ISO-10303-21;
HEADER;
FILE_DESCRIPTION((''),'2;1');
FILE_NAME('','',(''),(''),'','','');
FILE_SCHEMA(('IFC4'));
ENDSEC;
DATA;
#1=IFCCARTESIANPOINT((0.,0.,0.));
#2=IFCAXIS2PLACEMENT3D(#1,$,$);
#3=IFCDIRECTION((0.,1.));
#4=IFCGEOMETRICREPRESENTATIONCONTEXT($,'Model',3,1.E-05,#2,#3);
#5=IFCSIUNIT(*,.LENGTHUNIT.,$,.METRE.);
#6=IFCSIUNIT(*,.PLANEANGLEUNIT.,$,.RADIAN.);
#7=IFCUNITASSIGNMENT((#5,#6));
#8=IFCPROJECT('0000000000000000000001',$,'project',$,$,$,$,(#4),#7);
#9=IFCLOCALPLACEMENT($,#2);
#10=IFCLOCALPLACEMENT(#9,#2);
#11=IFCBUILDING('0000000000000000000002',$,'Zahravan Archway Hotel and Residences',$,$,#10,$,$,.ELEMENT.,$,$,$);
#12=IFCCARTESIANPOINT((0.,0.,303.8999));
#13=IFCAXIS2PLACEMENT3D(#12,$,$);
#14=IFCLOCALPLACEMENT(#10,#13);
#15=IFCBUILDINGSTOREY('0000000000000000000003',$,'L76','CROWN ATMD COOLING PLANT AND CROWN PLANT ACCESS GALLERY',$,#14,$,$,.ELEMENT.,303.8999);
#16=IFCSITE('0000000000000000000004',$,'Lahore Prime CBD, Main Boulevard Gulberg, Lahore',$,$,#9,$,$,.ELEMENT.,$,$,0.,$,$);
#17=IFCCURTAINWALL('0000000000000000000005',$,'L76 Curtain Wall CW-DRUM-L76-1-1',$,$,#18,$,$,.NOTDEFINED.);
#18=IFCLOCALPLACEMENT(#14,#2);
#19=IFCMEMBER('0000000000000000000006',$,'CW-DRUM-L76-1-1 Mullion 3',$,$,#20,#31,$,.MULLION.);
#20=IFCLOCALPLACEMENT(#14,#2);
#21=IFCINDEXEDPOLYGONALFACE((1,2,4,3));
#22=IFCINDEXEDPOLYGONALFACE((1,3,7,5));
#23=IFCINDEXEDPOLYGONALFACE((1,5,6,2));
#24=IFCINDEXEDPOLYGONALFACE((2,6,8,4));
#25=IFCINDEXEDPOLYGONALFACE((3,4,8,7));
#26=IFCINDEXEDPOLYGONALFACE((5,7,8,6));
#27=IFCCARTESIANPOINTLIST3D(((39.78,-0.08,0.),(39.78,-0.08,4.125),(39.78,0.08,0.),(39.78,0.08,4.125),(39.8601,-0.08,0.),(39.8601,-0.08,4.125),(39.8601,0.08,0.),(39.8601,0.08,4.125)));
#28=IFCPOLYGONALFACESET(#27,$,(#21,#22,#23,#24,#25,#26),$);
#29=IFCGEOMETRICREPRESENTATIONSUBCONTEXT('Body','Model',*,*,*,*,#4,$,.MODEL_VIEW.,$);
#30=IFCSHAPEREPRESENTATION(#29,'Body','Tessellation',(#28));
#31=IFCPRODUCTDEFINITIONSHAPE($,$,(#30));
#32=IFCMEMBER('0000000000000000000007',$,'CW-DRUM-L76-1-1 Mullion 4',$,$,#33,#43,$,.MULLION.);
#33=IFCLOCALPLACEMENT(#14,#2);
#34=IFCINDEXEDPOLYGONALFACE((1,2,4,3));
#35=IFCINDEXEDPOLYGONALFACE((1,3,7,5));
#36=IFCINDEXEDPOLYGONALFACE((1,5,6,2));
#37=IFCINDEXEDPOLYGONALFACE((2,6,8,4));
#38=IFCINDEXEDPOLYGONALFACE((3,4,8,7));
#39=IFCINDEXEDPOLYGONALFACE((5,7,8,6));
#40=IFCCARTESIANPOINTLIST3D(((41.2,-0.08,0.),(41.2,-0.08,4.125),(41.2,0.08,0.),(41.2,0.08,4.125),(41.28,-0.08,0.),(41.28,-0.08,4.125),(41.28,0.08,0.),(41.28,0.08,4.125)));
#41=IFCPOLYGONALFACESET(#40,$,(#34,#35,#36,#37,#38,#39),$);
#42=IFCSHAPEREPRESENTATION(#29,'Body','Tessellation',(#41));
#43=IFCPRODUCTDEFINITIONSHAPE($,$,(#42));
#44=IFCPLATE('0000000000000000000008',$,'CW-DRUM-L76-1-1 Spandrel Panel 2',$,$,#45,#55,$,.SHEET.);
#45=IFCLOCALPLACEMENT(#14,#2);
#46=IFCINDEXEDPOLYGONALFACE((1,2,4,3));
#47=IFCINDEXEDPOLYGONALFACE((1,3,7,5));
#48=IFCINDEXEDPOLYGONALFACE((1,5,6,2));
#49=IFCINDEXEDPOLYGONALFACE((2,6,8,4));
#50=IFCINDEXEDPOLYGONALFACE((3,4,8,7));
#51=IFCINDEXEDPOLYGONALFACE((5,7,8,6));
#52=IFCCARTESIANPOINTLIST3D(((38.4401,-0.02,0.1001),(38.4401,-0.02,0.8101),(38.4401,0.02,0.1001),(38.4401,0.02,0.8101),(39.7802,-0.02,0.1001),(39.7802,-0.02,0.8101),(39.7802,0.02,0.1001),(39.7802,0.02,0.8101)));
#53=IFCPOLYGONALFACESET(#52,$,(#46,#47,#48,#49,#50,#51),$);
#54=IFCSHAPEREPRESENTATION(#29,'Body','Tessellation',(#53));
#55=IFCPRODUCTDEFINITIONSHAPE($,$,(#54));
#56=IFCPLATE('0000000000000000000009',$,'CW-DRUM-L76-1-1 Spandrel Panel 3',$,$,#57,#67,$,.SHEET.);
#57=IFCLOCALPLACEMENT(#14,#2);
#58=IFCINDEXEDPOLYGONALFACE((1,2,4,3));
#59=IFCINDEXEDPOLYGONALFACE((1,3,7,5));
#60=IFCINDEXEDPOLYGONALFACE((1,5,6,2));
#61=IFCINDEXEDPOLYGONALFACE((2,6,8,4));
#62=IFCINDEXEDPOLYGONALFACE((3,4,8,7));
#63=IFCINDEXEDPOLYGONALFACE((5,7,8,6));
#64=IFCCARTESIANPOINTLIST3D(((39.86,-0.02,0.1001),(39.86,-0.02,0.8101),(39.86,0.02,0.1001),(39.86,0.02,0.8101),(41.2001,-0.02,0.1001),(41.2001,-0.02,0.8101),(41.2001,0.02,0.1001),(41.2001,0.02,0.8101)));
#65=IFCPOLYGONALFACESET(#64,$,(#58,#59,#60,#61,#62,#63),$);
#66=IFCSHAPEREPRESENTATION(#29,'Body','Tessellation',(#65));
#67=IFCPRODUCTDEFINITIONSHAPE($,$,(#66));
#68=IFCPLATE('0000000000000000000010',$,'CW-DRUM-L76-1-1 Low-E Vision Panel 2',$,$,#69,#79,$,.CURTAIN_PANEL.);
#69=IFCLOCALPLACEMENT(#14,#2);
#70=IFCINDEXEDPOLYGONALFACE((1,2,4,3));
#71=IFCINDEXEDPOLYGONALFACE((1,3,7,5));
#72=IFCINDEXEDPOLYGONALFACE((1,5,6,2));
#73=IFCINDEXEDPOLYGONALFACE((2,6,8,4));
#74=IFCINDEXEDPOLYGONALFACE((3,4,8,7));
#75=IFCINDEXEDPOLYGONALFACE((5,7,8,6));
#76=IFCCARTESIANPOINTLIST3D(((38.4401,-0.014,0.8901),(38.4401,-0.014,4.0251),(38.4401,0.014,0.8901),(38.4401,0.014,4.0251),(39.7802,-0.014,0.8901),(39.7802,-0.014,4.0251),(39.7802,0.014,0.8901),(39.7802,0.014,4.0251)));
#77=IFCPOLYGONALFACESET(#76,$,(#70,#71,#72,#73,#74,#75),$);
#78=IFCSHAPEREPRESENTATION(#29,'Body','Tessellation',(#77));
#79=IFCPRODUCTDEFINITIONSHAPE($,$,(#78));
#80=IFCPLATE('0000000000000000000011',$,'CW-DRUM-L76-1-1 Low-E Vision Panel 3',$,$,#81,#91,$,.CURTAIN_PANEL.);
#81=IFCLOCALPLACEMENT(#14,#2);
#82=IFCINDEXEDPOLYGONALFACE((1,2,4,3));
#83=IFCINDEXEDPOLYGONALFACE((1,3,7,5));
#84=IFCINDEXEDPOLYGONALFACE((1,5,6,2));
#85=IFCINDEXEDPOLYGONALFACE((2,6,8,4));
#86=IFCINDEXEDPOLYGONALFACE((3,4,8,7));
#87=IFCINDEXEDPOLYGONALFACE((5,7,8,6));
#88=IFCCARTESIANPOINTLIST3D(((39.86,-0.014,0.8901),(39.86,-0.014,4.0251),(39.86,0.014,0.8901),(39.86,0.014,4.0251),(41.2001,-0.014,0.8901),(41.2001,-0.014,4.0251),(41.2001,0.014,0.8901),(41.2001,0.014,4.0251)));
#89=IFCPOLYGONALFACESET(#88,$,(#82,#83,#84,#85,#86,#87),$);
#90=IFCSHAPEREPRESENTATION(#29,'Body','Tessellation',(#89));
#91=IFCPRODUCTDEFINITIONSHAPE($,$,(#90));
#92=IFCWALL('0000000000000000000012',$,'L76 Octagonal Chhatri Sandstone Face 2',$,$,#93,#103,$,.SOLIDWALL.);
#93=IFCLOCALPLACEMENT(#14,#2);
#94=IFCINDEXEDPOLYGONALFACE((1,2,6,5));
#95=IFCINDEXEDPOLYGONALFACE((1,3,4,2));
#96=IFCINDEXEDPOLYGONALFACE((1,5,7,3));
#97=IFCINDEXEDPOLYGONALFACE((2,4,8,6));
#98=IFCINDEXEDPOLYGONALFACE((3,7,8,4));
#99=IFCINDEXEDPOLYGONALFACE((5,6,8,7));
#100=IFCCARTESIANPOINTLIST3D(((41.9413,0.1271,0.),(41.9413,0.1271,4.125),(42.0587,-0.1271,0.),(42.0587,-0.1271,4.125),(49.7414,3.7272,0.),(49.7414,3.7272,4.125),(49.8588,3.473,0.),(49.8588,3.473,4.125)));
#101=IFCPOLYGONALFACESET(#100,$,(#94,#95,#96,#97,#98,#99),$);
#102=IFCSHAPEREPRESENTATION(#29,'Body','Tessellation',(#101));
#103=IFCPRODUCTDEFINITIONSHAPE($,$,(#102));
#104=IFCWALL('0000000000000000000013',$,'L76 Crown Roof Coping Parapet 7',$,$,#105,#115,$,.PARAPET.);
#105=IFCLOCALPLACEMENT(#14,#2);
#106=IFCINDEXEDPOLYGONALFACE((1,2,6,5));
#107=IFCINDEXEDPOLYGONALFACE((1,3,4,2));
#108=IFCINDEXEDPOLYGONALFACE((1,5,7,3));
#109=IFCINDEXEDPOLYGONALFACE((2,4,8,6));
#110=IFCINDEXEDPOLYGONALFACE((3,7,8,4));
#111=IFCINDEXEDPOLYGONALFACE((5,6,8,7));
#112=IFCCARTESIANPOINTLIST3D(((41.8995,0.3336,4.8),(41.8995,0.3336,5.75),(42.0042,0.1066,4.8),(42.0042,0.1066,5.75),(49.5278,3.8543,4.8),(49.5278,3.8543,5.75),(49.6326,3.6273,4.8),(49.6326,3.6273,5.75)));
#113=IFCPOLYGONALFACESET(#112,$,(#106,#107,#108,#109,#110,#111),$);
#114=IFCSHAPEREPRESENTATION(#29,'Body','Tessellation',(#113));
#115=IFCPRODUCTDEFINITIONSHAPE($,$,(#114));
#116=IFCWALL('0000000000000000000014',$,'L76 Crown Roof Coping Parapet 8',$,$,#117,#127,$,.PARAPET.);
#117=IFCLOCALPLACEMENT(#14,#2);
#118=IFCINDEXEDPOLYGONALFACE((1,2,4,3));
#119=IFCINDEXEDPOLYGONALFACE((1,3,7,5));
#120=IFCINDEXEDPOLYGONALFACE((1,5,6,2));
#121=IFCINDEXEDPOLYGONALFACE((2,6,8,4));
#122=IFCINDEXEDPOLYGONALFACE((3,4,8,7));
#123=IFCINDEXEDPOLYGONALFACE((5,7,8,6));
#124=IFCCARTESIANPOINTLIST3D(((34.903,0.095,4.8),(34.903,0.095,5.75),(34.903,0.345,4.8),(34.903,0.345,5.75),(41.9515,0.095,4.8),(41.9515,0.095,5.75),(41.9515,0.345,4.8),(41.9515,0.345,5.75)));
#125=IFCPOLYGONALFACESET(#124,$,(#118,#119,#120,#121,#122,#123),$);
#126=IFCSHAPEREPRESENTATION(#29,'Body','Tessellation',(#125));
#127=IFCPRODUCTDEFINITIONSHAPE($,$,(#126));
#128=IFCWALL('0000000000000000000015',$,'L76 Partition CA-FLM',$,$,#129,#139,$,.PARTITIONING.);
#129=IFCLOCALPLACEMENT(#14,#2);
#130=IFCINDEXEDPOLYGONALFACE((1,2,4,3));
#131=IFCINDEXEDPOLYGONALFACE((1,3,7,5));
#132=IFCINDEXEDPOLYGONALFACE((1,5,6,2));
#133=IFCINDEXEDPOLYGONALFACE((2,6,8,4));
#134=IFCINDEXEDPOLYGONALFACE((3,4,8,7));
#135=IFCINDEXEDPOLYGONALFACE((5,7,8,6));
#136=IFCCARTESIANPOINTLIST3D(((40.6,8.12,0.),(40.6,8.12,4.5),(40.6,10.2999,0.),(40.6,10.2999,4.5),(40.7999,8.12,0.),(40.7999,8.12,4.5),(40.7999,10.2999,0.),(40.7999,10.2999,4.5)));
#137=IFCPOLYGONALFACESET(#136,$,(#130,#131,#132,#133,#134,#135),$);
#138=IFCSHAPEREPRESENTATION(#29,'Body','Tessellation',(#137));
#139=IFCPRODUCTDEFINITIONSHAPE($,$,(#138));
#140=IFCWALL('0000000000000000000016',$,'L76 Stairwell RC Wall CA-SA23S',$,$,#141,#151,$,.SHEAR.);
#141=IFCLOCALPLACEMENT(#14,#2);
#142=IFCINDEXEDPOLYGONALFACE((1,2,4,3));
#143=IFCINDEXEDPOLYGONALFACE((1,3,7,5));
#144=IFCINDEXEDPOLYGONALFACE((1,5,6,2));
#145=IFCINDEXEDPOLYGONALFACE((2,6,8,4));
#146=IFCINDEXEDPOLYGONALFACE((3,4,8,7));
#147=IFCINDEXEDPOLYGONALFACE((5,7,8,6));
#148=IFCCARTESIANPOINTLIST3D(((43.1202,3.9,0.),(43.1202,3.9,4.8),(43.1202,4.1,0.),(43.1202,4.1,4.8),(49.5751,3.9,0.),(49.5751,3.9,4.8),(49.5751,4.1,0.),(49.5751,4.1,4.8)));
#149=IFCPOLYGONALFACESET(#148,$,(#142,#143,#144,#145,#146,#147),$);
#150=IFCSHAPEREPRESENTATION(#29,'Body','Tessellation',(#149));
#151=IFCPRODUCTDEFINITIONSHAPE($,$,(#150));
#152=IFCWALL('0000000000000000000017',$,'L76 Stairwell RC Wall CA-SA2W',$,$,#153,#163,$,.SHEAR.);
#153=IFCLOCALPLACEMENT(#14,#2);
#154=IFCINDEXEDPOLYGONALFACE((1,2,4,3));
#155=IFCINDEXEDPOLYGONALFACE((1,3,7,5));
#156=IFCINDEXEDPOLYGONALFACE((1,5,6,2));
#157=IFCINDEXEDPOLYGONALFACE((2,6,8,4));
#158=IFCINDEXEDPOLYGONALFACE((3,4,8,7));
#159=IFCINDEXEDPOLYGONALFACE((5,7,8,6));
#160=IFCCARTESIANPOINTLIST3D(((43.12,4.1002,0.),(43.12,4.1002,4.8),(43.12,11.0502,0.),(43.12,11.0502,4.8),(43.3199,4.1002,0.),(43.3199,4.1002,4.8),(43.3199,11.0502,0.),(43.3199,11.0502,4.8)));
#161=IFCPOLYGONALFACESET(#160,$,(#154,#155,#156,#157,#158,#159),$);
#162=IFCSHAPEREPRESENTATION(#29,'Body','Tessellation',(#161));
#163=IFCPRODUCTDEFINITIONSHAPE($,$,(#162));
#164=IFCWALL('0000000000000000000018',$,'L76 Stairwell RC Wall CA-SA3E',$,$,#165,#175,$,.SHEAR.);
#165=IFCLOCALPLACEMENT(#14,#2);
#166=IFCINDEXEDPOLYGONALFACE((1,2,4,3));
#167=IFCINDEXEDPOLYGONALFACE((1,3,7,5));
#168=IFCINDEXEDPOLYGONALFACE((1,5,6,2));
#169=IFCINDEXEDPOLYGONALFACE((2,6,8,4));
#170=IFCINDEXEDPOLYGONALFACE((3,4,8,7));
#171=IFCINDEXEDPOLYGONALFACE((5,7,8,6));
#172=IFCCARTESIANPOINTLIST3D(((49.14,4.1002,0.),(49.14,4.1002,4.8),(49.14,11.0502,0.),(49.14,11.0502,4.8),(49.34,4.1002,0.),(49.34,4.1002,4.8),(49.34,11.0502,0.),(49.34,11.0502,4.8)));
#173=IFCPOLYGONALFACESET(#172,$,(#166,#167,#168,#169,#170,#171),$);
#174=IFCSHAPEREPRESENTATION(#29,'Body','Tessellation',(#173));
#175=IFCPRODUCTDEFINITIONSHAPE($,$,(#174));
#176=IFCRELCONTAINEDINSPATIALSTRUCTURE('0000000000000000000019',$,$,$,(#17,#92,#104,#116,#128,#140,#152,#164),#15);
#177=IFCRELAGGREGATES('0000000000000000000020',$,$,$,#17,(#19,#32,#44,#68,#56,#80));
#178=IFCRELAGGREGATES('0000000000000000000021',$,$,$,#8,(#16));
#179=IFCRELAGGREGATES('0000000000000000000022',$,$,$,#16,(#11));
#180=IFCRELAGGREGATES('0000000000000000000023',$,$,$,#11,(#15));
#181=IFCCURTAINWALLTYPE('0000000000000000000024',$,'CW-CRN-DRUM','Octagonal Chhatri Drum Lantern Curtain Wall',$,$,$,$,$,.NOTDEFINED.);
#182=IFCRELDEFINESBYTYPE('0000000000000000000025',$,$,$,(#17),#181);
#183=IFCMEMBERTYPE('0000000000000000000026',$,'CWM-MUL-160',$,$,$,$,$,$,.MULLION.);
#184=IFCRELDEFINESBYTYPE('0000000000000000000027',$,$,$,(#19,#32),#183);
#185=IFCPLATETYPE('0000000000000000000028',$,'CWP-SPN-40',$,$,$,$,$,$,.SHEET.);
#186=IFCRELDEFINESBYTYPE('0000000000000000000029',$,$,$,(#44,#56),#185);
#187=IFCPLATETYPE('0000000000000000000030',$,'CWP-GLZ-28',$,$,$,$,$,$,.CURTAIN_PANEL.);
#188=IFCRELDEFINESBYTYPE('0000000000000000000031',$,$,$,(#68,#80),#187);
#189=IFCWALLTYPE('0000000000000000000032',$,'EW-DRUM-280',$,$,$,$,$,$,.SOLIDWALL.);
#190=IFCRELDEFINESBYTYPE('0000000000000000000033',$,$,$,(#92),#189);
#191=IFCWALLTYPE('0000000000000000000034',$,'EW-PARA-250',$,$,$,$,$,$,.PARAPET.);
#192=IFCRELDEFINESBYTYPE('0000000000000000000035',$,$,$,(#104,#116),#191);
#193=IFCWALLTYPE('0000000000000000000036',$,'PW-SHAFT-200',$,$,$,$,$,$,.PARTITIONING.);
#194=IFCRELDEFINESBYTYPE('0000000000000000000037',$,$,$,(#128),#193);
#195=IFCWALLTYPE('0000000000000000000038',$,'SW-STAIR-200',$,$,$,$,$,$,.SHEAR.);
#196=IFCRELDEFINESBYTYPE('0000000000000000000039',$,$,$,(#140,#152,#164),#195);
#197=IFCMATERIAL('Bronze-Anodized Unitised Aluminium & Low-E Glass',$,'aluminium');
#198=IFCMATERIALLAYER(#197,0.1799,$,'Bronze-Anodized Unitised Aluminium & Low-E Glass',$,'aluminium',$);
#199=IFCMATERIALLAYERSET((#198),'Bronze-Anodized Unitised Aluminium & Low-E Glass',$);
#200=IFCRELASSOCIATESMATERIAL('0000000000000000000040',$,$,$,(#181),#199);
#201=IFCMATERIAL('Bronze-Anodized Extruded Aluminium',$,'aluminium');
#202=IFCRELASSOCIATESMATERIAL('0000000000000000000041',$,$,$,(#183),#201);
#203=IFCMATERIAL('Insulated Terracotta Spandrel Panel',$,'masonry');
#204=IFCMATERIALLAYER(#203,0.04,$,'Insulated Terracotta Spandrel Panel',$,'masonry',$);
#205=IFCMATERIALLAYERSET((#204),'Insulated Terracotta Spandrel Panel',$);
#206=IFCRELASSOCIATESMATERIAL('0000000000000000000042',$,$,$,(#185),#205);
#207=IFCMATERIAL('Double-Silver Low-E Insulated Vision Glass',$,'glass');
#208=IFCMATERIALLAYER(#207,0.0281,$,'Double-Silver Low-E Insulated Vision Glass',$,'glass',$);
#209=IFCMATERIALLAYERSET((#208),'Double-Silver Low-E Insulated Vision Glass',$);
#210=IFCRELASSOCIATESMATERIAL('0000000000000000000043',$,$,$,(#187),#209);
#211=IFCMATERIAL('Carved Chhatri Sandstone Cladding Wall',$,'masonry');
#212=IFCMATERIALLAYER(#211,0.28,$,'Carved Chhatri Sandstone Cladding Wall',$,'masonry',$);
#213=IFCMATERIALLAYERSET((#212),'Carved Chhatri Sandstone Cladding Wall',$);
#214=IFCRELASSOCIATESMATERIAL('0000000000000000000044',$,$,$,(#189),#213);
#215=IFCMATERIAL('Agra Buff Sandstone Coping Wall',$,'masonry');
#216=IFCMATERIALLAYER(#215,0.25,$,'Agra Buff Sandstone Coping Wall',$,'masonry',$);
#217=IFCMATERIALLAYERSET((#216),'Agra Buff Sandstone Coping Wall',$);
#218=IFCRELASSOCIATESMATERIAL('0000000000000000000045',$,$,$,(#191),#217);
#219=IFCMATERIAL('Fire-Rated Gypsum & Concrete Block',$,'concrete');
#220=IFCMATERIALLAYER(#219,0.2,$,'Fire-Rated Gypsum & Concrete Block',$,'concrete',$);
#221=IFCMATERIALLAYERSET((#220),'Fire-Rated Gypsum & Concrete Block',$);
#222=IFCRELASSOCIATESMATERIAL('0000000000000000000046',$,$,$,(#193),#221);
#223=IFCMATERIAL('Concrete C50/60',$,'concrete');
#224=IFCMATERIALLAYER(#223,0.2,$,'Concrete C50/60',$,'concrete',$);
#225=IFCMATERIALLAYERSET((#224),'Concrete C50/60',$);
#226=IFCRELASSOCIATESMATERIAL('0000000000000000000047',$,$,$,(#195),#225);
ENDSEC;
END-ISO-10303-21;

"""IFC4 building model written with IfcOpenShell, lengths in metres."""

from ifc_helpers import new_model, si_unit, direction, frame, frame_2d, origin, origin_2d, place, context, subcontext, project, spatial, rectangle, extrude, source, transform, mapped, material, layer, layer_set, material_profile, profile_set, type_object, element, aggregate, save


model = new_model("IFC4")

# Units and contexts
model_context = context("Model", 3, precision=1e-05, world=origin(), true_north=direction((0.0, 1.0)))
body_context = subcontext(model_context, "Body", "Model", "MODEL_VIEW")
ifc_project = project(units=[si_unit("LENGTHUNIT", "METRE"), si_unit("PLANEANGLEUNIT", "RADIAN")], contexts=[model_context])

# Site, building, storey
site_placement = place(None, origin())
site = spatial("IfcSite", under=ifc_project, at=site_placement, Name="Lahore Prime CBD, Main Boulevard Gulberg, Lahore", CompositionType="ELEMENT", RefElevation=0.0)
building_placement = place(site_placement, origin())
building = spatial("IfcBuilding", under=site, at=building_placement, Name="Zahravan Archway Hotel and Residences", CompositionType="ELEMENT")
storey_placement = place(building_placement, frame((0.0, 0.0, 303.8999)))
storey = spatial("IfcBuildingStorey", under=building, at=storey_placement, Name="L76", Description="CROWN ATMD COOLING PLANT AND CROWN PLANT ACCESS GALLERY", CompositionType="ELEMENT", Elevation=303.8999)

# Curtain wall, members, plates
ifc_material_1 = material(Name="Bronze-Anodized Unitised Aluminium & Low-E Glass", Category="aluminium")
ifc_layer_1 = layer(ifc_material_1, 0.1799, Name="Bronze-Anodized Unitised Aluminium & Low-E Glass", Category="aluminium")
ifc_layer_set_1 = layer_set([ifc_layer_1], Name="Bronze-Anodized Unitised Aluminium & Low-E Glass")
curtain_wall_type = type_object("IfcCurtainWallType", Name="CW-CRN-DRUM", Description="Octagonal Chhatri Drum Lantern Curtain Wall", PredefinedType="NOTDEFINED", material=ifc_layer_set_1)
curtain_wall_placement = place(storey_placement, origin())
curtain_wall = element("IfcCurtainWall", 1, at=curtain_wall_placement, inside=storey, type_object=curtain_wall_type, Name="L76 Curtain Wall CW-DRUM-L76-1-1", PredefinedType="NOTDEFINED")
ifc_material_2 = material(Name="Bronze-Anodized Extruded Aluminium", Category="aluminium")
ifc_material_profile_1 = material_profile(ifc_material_2, rectangle(XDim=0.0801, YDim=0.1599, at=origin_2d()), Name="MUL 80x160", Category="aluminium")
ifc_profile_set_1 = profile_set([ifc_material_profile_1], Name="Bronze-Anodized Extruded Aluminium")
member_type_1 = type_object("IfcMemberType", Name="CWM-MUL-160", PredefinedType="MULLION", material=ifc_profile_set_1)
shared_shape_1 = source(origin(), body_context, "Body", "SweptSolid", [
    extrude(rectangle(XDim=0.0801, YDim=0.1599, at=origin_2d()), origin(), (0.0, 0.0, 1.0), 4.125),
])
member_1_placement = place(storey_placement, frame((39.8201, 0.0, 0.0), z_axis=(0.0, 0.0, 1.0), x_axis=(1.0, 0.0, 0.0)))
member_1 = element("IfcMember", 2, at=member_1_placement, type_object=member_type_1, Name="CW-DRUM-L76-1-1 Mullion 3", PredefinedType="MULLION", context=body_context, shape_type="MappedRepresentation", body=[
    mapped(shared_shape_1, transform((0.0, 0.0, 0.0), scale=1.0)),
])
member_2_placement = place(storey_placement, frame((41.24, 0.0, 0.0), z_axis=(0.0, 0.0, 1.0), x_axis=(1.0, 0.0, 0.0)))
member_2 = element("IfcMember", 3, at=member_2_placement, type_object=member_type_1, Name="CW-DRUM-L76-1-1 Mullion 4", PredefinedType="MULLION", context=body_context, shape_type="MappedRepresentation", body=[
    mapped(shared_shape_1, transform((0.0, 0.0, 0.0), scale=1.0)),
])
ifc_material_3 = material(Name="Insulated Terracotta Spandrel Panel", Category="masonry")
ifc_layer_2 = layer(ifc_material_3, 0.04, Name="Insulated Terracotta Spandrel Panel", Category="masonry")
ifc_layer_set_2 = layer_set([ifc_layer_2], Name="Insulated Terracotta Spandrel Panel")
plate_type_1 = type_object("IfcPlateType", Name="CWP-SPN-40", PredefinedType="SHEET", material=ifc_layer_set_2)
shared_shape_2 = source(origin(), body_context, "Body", "SweptSolid", [
    extrude(rectangle(XDim=1.3401, YDim=0.04, at=origin_2d()), origin(), (0.0, 0.0, 1.0), 0.71),
])
plate_1_placement = place(storey_placement, frame((39.1101, 0.0, 0.1001), z_axis=(0.0, 0.0, 1.0), x_axis=(1.0, 0.0, 0.0)))
plate_1 = element("IfcPlate", 4, at=plate_1_placement, type_object=plate_type_1, Name="CW-DRUM-L76-1-1 Spandrel Panel 2", PredefinedType="SHEET", context=body_context, shape_type="MappedRepresentation", body=[
    mapped(shared_shape_2, transform((0.0, 0.0, 0.0), scale=1.0)),
])
plate_2_placement = place(storey_placement, frame((40.53, 0.0, 0.1001), z_axis=(0.0, 0.0, 1.0), x_axis=(1.0, 0.0, 0.0)))
plate_2 = element("IfcPlate", 5, at=plate_2_placement, type_object=plate_type_1, Name="CW-DRUM-L76-1-1 Spandrel Panel 3", PredefinedType="SHEET", context=body_context, shape_type="MappedRepresentation", body=[
    mapped(shared_shape_2, transform((0.0, 0.0, 0.0), scale=1.0)),
])
ifc_material_4 = material(Name="Double-Silver Low-E Insulated Vision Glass", Category="glass")
ifc_layer_3 = layer(ifc_material_4, 0.0281, Name="Double-Silver Low-E Insulated Vision Glass", Category="glass")
ifc_layer_set_3 = layer_set([ifc_layer_3], Name="Double-Silver Low-E Insulated Vision Glass")
plate_type_2 = type_object("IfcPlateType", Name="CWP-GLZ-28", PredefinedType="CURTAIN_PANEL", material=ifc_layer_set_3)
shared_shape_3 = source(origin(), body_context, "Body", "SweptSolid", [
    extrude(rectangle(XDim=1.3401, YDim=0.0281, at=origin_2d()), origin(), (0.0, 0.0, 1.0), 3.135),
])
plate_3_placement = place(storey_placement, frame((39.1101, 0.0, 0.8901), z_axis=(0.0, 0.0, 1.0), x_axis=(1.0, 0.0, 0.0)))
plate_3 = element("IfcPlate", 6, at=plate_3_placement, type_object=plate_type_2, Name="CW-DRUM-L76-1-1 Low-E Vision Panel 2", PredefinedType="CURTAIN_PANEL", context=body_context, shape_type="MappedRepresentation", body=[
    mapped(shared_shape_3, transform((0.0, 0.0, 0.0), scale=1.0)),
])
plate_4_placement = place(storey_placement, frame((40.53, 0.0, 0.8901), z_axis=(0.0, 0.0, 1.0), x_axis=(1.0, 0.0, 0.0)))
plate_4 = element("IfcPlate", 7, at=plate_4_placement, type_object=plate_type_2, Name="CW-DRUM-L76-1-1 Low-E Vision Panel 3", PredefinedType="CURTAIN_PANEL", context=body_context, shape_type="MappedRepresentation", body=[
    mapped(shared_shape_3, transform((0.0, 0.0, 0.0), scale=1.0)),
])
aggregate(curtain_wall, [member_1, member_2, plate_1, plate_3, plate_2, plate_4])

# Walls
ifc_material_5 = material(Name="Carved Chhatri Sandstone Cladding Wall", Category="masonry")
ifc_layer_4 = layer(ifc_material_5, 0.28, Name="Carved Chhatri Sandstone Cladding Wall", Category="masonry")
ifc_layer_set_4 = layer_set([ifc_layer_4], Name="Carved Chhatri Sandstone Cladding Wall")
wall_type_1 = type_object("IfcWallType", Name="EW-DRUM-280", PredefinedType="SOLIDWALL", material=ifc_layer_set_4)
wall_1_placement = place(storey_placement, frame((42.0, 0.0, 0.0), z_axis=(0.0, 0.0, 1.0), x_axis=(0.907956, 0.419065, 0.0)))
element("IfcWall", 8, at=wall_1_placement, inside=storey, type_object=wall_type_1, Name="L76 Octagonal Chhatri Sandstone Face 2", PredefinedType="SOLIDWALL", context=body_context, shape_type="SweptSolid", body=[
    extrude(rectangle(XDim=8.5908, YDim=0.28, at=frame_2d((4.2954, 0.0))), origin(), (0.0, 0.0, 1.0), 4.125),
])
ifc_material_6 = material(Name="Agra Buff Sandstone Coping Wall", Category="masonry")
ifc_layer_5 = layer(ifc_material_6, 0.25, Name="Agra Buff Sandstone Coping Wall", Category="masonry")
ifc_layer_set_5 = layer_set([ifc_layer_5], Name="Agra Buff Sandstone Coping Wall")
wall_type_2 = type_object("IfcWallType", Name="EW-PARA-250", PredefinedType="PARAPET", material=ifc_layer_set_5)
wall_2_placement = place(storey_placement, frame((49.5801, 3.7407, 4.8), z_axis=(0.0, 0.0, 1.0), x_axis=(-0.907962, -0.419053, 0.0)))
element("IfcWall", 9, at=wall_2_placement, inside=storey, type_object=wall_type_2, Name="L76 Crown Roof Coping Parapet 7", PredefinedType="PARAPET", context=body_context, shape_type="SweptSolid", body=[
    extrude(rectangle(XDim=8.4016, YDim=0.25, at=frame_2d((4.2007, 0.0))), origin(), (0.0, 0.0, 1.0), 0.95),
])
wall_3_placement = place(storey_placement, frame((41.9517, 0.22, 4.8), z_axis=(0.0, 0.0, 1.0), x_axis=(-1.0, 0.0, 0.0)))
element("IfcWall", 10, at=wall_3_placement, inside=storey, type_object=wall_type_2, Name="L76 Crown Roof Coping Parapet 8", PredefinedType="PARAPET", context=body_context, shape_type="SweptSolid", body=[
    extrude(rectangle(XDim=7.0486, YDim=0.25, at=frame_2d((3.5244, 0.0))), origin(), (0.0, 0.0, 1.0), 0.95),
])
ifc_material_7 = material(Name="Fire-Rated Gypsum & Concrete Block", Category="concrete")
ifc_layer_6 = layer(ifc_material_7, 0.2, Name="Fire-Rated Gypsum & Concrete Block", Category="concrete")
ifc_layer_set_6 = layer_set([ifc_layer_6], Name="Fire-Rated Gypsum & Concrete Block")
wall_type_3 = type_object("IfcWallType", Name="PW-SHAFT-200", PredefinedType="PARTITIONING", material=ifc_layer_set_6)
wall_4_placement = place(storey_placement, frame((40.7, 8.1201, 0.0), z_axis=(0.0, 0.0, 1.0), x_axis=(0.0, 1.0, 0.0)))
element("IfcWall", 11, at=wall_4_placement, inside=storey, type_object=wall_type_3, Name="L76 Partition CA-FLM", PredefinedType="PARTITIONING", context=body_context, shape_type="SweptSolid", body=[
    extrude(rectangle(XDim=2.1799, YDim=0.2, at=frame_2d((1.0898, 0.0))), origin(), (0.0, 0.0, 1.0), 4.5),
])
ifc_material_8 = material(Name="Concrete C50/60", Category="concrete")
ifc_layer_7 = layer(ifc_material_8, 0.2, Name="Concrete C50/60", Category="concrete")
ifc_layer_set_7 = layer_set([ifc_layer_7], Name="Concrete C50/60")
wall_type_4 = type_object("IfcWallType", Name="SW-STAIR-200", PredefinedType="SHEAR", material=ifc_layer_set_7)
wall_5_placement = place(storey_placement, frame((43.1201, 4.0, 0.0), z_axis=(0.0, 0.0, 1.0), x_axis=(1.0, 0.0, 0.0)))
element("IfcWall", 12, at=wall_5_placement, inside=storey, type_object=wall_type_4, Name="L76 Stairwell RC Wall CA-SA23S", PredefinedType="SHEAR", context=body_context, shape_type="SweptSolid", body=[
    extrude(rectangle(XDim=6.4548, YDim=0.2, at=frame_2d((3.2275, 0.0))), origin(), (0.0, 0.0, 1.0), 4.8),
])
for number, where, z_axis, x_axis, name in (
    (13, (43.22, 4.1001, 0.0), (0.0, 0.0, 1.0), (0.0, 1.0, 0.0), "L76 Stairwell RC Wall CA-SA2W"),
    (14, (49.24, 4.1001, 0.0), (0.0, 0.0, 1.0), (0.0, 1.0, 0.0), "L76 Stairwell RC Wall CA-SA3E"),
):
    element("IfcWall", number, at=place(storey_placement, frame(where, z_axis=z_axis, x_axis=x_axis)), inside=storey, type_object=wall_type_4, Name=name, PredefinedType="SHEAR", context=body_context, shape_type="SweptSolid", body=[
        extrude(rectangle(XDim=6.95, YDim=0.2, at=frame_2d((3.4751, 0.0))), origin(), (0.0, 0.0, 1.0), 4.8),
    ])

save(model, "model.ifc")
